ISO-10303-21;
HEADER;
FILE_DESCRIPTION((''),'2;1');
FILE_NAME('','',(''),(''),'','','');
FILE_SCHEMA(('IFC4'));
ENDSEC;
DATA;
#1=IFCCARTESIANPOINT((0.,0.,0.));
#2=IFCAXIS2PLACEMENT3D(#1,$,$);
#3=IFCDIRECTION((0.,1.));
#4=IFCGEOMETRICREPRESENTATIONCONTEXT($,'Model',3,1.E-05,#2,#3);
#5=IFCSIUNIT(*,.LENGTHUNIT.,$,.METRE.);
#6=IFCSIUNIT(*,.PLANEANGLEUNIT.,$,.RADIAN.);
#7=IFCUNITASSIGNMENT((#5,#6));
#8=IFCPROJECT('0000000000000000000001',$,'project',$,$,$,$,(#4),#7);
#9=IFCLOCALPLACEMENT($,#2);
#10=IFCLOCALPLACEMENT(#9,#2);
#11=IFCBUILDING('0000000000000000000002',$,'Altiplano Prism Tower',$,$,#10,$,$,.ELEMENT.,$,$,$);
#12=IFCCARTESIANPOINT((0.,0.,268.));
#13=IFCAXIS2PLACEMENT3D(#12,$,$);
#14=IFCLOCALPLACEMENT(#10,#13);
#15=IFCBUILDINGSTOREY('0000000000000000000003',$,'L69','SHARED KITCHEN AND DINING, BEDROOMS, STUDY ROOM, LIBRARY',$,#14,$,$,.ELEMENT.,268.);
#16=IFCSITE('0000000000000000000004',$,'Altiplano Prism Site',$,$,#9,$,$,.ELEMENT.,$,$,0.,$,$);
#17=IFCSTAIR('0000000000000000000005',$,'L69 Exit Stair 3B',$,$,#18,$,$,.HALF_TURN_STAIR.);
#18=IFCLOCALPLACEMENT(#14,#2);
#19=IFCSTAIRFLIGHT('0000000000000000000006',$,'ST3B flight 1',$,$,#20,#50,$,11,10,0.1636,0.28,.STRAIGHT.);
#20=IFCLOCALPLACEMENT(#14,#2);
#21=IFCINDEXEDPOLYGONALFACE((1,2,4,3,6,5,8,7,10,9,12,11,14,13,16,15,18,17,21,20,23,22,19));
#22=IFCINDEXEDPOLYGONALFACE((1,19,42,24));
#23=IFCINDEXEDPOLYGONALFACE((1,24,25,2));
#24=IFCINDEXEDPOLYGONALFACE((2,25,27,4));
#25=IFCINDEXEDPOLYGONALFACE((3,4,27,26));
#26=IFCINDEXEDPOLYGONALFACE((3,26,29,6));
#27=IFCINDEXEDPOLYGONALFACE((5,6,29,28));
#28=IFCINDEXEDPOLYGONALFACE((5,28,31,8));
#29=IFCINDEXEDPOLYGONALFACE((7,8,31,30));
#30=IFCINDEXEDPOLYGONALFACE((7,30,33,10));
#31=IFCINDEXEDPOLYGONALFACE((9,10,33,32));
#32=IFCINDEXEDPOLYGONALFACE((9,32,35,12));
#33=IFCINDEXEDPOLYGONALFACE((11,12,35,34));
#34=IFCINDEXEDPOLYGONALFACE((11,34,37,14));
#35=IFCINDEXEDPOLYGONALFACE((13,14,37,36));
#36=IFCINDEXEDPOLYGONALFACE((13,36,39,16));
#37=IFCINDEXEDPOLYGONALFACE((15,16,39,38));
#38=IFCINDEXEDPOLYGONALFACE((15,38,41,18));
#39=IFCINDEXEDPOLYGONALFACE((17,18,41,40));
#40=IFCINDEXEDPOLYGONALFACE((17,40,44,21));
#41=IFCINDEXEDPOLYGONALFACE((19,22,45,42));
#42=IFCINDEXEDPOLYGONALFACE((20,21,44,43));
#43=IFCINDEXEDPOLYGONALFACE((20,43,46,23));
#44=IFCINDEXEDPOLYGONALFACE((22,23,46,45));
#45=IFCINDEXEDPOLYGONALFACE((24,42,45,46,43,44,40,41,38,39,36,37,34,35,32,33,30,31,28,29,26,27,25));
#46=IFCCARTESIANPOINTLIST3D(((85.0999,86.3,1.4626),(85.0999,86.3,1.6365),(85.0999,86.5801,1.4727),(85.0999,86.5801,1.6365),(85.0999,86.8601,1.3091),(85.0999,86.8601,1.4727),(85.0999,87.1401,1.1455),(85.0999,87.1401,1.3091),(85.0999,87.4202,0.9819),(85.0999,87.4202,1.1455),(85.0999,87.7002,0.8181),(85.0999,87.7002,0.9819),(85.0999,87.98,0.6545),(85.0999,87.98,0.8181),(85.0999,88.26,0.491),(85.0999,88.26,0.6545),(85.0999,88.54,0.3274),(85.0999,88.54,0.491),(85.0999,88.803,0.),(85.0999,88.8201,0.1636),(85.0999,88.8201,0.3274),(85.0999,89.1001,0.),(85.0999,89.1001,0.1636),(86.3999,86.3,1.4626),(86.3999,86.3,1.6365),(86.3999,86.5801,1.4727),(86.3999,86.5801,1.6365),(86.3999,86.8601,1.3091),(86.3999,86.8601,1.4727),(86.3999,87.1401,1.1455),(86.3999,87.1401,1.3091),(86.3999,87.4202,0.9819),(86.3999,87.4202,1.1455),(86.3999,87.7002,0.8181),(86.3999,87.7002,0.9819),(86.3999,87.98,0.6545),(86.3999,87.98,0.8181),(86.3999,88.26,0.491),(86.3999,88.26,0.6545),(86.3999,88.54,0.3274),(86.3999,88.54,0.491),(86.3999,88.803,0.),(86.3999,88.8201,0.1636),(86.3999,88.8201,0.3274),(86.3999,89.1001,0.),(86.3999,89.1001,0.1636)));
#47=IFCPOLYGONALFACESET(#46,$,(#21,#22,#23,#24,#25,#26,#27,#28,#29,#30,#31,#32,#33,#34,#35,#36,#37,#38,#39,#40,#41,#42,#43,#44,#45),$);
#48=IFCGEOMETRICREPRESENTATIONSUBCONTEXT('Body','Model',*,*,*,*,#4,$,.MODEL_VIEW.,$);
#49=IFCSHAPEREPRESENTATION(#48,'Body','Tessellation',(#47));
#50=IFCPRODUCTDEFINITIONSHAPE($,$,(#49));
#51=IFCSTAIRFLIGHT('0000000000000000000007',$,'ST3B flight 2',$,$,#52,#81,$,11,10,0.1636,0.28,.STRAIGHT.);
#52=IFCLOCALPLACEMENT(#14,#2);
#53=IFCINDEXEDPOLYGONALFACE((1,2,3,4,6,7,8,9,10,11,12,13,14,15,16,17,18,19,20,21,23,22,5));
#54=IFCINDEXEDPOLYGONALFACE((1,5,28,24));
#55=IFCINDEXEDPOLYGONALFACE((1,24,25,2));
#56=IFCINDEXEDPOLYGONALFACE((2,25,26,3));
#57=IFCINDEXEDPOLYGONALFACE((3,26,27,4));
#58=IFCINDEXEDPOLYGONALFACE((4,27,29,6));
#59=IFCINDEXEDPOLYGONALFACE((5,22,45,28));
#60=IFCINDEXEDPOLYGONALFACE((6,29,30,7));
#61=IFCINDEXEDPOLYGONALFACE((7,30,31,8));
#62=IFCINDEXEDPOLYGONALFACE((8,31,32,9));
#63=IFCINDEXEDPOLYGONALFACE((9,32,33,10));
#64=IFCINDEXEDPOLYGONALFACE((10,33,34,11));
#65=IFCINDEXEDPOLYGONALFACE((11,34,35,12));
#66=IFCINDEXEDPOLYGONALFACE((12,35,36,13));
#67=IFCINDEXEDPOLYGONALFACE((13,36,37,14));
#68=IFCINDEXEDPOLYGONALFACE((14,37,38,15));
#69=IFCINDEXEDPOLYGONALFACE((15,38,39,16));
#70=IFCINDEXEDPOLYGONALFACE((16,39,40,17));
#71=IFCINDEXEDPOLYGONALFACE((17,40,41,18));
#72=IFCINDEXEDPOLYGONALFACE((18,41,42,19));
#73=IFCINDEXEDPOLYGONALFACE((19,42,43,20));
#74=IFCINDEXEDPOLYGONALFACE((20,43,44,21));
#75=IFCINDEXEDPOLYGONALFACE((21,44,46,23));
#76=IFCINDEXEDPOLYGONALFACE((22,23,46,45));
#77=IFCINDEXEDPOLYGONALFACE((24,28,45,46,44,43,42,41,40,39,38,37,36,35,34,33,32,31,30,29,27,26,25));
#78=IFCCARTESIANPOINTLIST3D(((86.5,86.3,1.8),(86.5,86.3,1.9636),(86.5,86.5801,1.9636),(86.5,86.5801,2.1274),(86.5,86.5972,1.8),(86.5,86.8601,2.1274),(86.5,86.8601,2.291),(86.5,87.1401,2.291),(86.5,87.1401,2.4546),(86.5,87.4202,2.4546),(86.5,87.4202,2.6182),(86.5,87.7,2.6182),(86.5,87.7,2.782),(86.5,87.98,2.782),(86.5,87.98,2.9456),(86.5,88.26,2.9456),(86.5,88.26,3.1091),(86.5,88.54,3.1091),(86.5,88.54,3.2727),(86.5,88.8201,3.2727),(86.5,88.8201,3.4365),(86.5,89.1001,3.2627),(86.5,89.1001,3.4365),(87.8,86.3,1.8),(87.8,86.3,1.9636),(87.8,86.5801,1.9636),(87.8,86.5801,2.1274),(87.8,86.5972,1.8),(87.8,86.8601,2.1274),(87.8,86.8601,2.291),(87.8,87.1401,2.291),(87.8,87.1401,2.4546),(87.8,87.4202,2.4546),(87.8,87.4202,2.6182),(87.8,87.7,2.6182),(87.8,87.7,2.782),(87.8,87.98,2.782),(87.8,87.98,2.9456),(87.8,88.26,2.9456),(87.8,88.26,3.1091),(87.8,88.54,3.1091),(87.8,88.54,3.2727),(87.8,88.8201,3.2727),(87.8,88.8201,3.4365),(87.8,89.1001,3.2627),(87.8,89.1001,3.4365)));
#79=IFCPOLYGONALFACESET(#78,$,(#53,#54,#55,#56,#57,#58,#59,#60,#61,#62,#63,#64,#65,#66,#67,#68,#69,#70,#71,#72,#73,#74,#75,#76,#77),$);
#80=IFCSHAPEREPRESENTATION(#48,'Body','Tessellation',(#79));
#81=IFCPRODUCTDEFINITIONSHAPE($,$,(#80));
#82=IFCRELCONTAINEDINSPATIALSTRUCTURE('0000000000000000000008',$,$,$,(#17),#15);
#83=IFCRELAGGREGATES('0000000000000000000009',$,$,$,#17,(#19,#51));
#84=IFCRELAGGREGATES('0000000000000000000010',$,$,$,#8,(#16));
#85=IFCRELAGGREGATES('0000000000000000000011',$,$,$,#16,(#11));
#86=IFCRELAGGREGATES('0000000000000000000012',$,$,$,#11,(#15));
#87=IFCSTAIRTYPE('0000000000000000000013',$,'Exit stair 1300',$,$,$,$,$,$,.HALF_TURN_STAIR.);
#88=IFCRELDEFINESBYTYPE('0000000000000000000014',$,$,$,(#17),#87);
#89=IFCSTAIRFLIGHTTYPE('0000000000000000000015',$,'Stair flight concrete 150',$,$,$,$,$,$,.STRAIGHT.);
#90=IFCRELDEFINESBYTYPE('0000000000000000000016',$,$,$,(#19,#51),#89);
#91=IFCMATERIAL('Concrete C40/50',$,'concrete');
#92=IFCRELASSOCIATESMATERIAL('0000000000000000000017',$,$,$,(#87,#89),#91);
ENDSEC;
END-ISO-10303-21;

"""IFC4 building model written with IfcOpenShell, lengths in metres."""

from ifc_helpers import new_model, si_unit, direction, frame, origin, place, context, subcontext, project, spatial, polyline, outline, extrude, material, type_object, element, aggregate, save


model = new_model("IFC4")

# Units and contexts
model_context = context("Model", 3, precision=1e-05, world=origin(), true_north=direction((0.0, 1.0)))
body_context = subcontext(model_context, "Body", "Model", "MODEL_VIEW")
ifc_project = project(units=[si_unit("LENGTHUNIT", "METRE"), si_unit("PLANEANGLEUNIT", "RADIAN")], contexts=[model_context])

# Site, building, storey
site_placement = place(None, origin())
site = spatial("IfcSite", under=ifc_project, at=site_placement, Name="Altiplano Prism Site", CompositionType="ELEMENT", RefElevation=0.0)
building_placement = place(site_placement, origin())
building = spatial("IfcBuilding", under=site, at=building_placement, Name="Altiplano Prism Tower", CompositionType="ELEMENT")
storey_placement = place(building_placement, frame((0.0, 0.0, 268.0)))
storey = spatial("IfcBuildingStorey", under=building, at=storey_placement, Name="L69", Description="SHARED KITCHEN AND DINING, BEDROOMS, STUDY ROOM, LIBRARY", CompositionType="ELEMENT", Elevation=268.0)

# Stair, stair flights
ifc_material_1 = material(Name="Concrete C40/50", Category="concrete")
stair_type = type_object("IfcStairType", Name="Exit stair 1300", PredefinedType="HALF_TURN_STAIR", material=ifc_material_1)
stair_flight_type = type_object("IfcStairFlightType", Name="Stair flight concrete 150", PredefinedType="STRAIGHT", material=ifc_material_1)
stair_1_placement = place(storey_placement, origin())
stair_1 = element("IfcStair", 1, at=stair_1_placement, inside=storey, type_object=stair_type, Name="L69 Exit Stair 3B", PredefinedType="HALF_TURN_STAIR")
stair_flight_1_placement = place(storey_placement, frame((85.75, 89.1001, 0.0), z_axis=(0.0, 0.0, 1.0), x_axis=(0.0, -1.0, 0.0)))
stair_flight_1 = element("IfcStairFlight", 2, at=stair_flight_1_placement, type_object=stair_flight_type, Name="ST3B flight 1", NumberOfRisers=11, NumberOfTreads=10, PredefinedType="STRAIGHT", RiserHeight=0.1636, TreadLength=0.28, context=body_context, shape_type="SweptSolid", body=[
    extrude(outline(polyline([(0.0, 0.0), (0.0, 0.1636), (0.28, 0.1636), (0.28, 0.3274), (0.5601, 0.3274), (0.5601, 0.491), (0.8401, 0.491), (0.8401, 0.6545), (1.1201, 0.6545), (1.1201, 0.8181), (1.3999, 0.8181), (1.3999, 0.9819), (1.6799, 0.9819), (1.6799, 1.1455), (1.96, 1.1455), (1.96, 1.3091), (2.24, 1.3091), (2.24, 1.4727), (2.52, 1.4727), (2.52, 1.6365), (2.8, 1.6365), (2.8, 1.8), (2.8, 1.4626), (0.2971, 0.0), (0.0, 0.0)])), frame((0.0, 0.6499, 0.0), z_axis=(0.0, -1.0, 0.0), x_axis=(1.0, 0.0, 0.0)), (0.0, 0.0, 1.0), 1.3),
])
stair_flight_2_placement = place(storey_placement, frame((87.1499, 86.3, 1.8), z_axis=(0.0, 0.0, 1.0), x_axis=(0.0, 1.0, 0.0)))
stair_flight_2 = element("IfcStairFlight", 3, at=stair_flight_2_placement, type_object=stair_flight_type, Name="ST3B flight 2", NumberOfRisers=11, NumberOfTreads=10, PredefinedType="STRAIGHT", RiserHeight=0.1636, TreadLength=0.28, context=body_context, shape_type="SweptSolid", body=[
    extrude(outline(polyline([(0.0, 0.0), (0.0, 0.1636), (0.28, 0.1636), (0.28, 0.3274), (0.5601, 0.3274), (0.5601, 0.491), (0.8401, 0.491), (0.8401, 0.6545), (1.1201, 0.6545), (1.1201, 0.8181), (1.3999, 0.8181), (1.3999, 0.9819), (1.6799, 0.9819), (1.6799, 1.1455), (1.96, 1.1455), (1.96, 1.3091), (2.24, 1.3091), (2.24, 1.4727), (2.52, 1.4727), (2.52, 1.6365), (2.8, 1.6365), (2.8, 1.8), (2.8, 1.4626), (0.2971, 0.0), (0.0, 0.0)])), frame((0.0, 0.6499, 0.0), z_axis=(0.0, -1.0, 0.0), x_axis=(1.0, 0.0, 0.0)), (0.0, 0.0, 1.0), 1.3),
])
aggregate(stair_1, [stair_flight_1, stair_flight_2])

save(model, "model.ifc")
